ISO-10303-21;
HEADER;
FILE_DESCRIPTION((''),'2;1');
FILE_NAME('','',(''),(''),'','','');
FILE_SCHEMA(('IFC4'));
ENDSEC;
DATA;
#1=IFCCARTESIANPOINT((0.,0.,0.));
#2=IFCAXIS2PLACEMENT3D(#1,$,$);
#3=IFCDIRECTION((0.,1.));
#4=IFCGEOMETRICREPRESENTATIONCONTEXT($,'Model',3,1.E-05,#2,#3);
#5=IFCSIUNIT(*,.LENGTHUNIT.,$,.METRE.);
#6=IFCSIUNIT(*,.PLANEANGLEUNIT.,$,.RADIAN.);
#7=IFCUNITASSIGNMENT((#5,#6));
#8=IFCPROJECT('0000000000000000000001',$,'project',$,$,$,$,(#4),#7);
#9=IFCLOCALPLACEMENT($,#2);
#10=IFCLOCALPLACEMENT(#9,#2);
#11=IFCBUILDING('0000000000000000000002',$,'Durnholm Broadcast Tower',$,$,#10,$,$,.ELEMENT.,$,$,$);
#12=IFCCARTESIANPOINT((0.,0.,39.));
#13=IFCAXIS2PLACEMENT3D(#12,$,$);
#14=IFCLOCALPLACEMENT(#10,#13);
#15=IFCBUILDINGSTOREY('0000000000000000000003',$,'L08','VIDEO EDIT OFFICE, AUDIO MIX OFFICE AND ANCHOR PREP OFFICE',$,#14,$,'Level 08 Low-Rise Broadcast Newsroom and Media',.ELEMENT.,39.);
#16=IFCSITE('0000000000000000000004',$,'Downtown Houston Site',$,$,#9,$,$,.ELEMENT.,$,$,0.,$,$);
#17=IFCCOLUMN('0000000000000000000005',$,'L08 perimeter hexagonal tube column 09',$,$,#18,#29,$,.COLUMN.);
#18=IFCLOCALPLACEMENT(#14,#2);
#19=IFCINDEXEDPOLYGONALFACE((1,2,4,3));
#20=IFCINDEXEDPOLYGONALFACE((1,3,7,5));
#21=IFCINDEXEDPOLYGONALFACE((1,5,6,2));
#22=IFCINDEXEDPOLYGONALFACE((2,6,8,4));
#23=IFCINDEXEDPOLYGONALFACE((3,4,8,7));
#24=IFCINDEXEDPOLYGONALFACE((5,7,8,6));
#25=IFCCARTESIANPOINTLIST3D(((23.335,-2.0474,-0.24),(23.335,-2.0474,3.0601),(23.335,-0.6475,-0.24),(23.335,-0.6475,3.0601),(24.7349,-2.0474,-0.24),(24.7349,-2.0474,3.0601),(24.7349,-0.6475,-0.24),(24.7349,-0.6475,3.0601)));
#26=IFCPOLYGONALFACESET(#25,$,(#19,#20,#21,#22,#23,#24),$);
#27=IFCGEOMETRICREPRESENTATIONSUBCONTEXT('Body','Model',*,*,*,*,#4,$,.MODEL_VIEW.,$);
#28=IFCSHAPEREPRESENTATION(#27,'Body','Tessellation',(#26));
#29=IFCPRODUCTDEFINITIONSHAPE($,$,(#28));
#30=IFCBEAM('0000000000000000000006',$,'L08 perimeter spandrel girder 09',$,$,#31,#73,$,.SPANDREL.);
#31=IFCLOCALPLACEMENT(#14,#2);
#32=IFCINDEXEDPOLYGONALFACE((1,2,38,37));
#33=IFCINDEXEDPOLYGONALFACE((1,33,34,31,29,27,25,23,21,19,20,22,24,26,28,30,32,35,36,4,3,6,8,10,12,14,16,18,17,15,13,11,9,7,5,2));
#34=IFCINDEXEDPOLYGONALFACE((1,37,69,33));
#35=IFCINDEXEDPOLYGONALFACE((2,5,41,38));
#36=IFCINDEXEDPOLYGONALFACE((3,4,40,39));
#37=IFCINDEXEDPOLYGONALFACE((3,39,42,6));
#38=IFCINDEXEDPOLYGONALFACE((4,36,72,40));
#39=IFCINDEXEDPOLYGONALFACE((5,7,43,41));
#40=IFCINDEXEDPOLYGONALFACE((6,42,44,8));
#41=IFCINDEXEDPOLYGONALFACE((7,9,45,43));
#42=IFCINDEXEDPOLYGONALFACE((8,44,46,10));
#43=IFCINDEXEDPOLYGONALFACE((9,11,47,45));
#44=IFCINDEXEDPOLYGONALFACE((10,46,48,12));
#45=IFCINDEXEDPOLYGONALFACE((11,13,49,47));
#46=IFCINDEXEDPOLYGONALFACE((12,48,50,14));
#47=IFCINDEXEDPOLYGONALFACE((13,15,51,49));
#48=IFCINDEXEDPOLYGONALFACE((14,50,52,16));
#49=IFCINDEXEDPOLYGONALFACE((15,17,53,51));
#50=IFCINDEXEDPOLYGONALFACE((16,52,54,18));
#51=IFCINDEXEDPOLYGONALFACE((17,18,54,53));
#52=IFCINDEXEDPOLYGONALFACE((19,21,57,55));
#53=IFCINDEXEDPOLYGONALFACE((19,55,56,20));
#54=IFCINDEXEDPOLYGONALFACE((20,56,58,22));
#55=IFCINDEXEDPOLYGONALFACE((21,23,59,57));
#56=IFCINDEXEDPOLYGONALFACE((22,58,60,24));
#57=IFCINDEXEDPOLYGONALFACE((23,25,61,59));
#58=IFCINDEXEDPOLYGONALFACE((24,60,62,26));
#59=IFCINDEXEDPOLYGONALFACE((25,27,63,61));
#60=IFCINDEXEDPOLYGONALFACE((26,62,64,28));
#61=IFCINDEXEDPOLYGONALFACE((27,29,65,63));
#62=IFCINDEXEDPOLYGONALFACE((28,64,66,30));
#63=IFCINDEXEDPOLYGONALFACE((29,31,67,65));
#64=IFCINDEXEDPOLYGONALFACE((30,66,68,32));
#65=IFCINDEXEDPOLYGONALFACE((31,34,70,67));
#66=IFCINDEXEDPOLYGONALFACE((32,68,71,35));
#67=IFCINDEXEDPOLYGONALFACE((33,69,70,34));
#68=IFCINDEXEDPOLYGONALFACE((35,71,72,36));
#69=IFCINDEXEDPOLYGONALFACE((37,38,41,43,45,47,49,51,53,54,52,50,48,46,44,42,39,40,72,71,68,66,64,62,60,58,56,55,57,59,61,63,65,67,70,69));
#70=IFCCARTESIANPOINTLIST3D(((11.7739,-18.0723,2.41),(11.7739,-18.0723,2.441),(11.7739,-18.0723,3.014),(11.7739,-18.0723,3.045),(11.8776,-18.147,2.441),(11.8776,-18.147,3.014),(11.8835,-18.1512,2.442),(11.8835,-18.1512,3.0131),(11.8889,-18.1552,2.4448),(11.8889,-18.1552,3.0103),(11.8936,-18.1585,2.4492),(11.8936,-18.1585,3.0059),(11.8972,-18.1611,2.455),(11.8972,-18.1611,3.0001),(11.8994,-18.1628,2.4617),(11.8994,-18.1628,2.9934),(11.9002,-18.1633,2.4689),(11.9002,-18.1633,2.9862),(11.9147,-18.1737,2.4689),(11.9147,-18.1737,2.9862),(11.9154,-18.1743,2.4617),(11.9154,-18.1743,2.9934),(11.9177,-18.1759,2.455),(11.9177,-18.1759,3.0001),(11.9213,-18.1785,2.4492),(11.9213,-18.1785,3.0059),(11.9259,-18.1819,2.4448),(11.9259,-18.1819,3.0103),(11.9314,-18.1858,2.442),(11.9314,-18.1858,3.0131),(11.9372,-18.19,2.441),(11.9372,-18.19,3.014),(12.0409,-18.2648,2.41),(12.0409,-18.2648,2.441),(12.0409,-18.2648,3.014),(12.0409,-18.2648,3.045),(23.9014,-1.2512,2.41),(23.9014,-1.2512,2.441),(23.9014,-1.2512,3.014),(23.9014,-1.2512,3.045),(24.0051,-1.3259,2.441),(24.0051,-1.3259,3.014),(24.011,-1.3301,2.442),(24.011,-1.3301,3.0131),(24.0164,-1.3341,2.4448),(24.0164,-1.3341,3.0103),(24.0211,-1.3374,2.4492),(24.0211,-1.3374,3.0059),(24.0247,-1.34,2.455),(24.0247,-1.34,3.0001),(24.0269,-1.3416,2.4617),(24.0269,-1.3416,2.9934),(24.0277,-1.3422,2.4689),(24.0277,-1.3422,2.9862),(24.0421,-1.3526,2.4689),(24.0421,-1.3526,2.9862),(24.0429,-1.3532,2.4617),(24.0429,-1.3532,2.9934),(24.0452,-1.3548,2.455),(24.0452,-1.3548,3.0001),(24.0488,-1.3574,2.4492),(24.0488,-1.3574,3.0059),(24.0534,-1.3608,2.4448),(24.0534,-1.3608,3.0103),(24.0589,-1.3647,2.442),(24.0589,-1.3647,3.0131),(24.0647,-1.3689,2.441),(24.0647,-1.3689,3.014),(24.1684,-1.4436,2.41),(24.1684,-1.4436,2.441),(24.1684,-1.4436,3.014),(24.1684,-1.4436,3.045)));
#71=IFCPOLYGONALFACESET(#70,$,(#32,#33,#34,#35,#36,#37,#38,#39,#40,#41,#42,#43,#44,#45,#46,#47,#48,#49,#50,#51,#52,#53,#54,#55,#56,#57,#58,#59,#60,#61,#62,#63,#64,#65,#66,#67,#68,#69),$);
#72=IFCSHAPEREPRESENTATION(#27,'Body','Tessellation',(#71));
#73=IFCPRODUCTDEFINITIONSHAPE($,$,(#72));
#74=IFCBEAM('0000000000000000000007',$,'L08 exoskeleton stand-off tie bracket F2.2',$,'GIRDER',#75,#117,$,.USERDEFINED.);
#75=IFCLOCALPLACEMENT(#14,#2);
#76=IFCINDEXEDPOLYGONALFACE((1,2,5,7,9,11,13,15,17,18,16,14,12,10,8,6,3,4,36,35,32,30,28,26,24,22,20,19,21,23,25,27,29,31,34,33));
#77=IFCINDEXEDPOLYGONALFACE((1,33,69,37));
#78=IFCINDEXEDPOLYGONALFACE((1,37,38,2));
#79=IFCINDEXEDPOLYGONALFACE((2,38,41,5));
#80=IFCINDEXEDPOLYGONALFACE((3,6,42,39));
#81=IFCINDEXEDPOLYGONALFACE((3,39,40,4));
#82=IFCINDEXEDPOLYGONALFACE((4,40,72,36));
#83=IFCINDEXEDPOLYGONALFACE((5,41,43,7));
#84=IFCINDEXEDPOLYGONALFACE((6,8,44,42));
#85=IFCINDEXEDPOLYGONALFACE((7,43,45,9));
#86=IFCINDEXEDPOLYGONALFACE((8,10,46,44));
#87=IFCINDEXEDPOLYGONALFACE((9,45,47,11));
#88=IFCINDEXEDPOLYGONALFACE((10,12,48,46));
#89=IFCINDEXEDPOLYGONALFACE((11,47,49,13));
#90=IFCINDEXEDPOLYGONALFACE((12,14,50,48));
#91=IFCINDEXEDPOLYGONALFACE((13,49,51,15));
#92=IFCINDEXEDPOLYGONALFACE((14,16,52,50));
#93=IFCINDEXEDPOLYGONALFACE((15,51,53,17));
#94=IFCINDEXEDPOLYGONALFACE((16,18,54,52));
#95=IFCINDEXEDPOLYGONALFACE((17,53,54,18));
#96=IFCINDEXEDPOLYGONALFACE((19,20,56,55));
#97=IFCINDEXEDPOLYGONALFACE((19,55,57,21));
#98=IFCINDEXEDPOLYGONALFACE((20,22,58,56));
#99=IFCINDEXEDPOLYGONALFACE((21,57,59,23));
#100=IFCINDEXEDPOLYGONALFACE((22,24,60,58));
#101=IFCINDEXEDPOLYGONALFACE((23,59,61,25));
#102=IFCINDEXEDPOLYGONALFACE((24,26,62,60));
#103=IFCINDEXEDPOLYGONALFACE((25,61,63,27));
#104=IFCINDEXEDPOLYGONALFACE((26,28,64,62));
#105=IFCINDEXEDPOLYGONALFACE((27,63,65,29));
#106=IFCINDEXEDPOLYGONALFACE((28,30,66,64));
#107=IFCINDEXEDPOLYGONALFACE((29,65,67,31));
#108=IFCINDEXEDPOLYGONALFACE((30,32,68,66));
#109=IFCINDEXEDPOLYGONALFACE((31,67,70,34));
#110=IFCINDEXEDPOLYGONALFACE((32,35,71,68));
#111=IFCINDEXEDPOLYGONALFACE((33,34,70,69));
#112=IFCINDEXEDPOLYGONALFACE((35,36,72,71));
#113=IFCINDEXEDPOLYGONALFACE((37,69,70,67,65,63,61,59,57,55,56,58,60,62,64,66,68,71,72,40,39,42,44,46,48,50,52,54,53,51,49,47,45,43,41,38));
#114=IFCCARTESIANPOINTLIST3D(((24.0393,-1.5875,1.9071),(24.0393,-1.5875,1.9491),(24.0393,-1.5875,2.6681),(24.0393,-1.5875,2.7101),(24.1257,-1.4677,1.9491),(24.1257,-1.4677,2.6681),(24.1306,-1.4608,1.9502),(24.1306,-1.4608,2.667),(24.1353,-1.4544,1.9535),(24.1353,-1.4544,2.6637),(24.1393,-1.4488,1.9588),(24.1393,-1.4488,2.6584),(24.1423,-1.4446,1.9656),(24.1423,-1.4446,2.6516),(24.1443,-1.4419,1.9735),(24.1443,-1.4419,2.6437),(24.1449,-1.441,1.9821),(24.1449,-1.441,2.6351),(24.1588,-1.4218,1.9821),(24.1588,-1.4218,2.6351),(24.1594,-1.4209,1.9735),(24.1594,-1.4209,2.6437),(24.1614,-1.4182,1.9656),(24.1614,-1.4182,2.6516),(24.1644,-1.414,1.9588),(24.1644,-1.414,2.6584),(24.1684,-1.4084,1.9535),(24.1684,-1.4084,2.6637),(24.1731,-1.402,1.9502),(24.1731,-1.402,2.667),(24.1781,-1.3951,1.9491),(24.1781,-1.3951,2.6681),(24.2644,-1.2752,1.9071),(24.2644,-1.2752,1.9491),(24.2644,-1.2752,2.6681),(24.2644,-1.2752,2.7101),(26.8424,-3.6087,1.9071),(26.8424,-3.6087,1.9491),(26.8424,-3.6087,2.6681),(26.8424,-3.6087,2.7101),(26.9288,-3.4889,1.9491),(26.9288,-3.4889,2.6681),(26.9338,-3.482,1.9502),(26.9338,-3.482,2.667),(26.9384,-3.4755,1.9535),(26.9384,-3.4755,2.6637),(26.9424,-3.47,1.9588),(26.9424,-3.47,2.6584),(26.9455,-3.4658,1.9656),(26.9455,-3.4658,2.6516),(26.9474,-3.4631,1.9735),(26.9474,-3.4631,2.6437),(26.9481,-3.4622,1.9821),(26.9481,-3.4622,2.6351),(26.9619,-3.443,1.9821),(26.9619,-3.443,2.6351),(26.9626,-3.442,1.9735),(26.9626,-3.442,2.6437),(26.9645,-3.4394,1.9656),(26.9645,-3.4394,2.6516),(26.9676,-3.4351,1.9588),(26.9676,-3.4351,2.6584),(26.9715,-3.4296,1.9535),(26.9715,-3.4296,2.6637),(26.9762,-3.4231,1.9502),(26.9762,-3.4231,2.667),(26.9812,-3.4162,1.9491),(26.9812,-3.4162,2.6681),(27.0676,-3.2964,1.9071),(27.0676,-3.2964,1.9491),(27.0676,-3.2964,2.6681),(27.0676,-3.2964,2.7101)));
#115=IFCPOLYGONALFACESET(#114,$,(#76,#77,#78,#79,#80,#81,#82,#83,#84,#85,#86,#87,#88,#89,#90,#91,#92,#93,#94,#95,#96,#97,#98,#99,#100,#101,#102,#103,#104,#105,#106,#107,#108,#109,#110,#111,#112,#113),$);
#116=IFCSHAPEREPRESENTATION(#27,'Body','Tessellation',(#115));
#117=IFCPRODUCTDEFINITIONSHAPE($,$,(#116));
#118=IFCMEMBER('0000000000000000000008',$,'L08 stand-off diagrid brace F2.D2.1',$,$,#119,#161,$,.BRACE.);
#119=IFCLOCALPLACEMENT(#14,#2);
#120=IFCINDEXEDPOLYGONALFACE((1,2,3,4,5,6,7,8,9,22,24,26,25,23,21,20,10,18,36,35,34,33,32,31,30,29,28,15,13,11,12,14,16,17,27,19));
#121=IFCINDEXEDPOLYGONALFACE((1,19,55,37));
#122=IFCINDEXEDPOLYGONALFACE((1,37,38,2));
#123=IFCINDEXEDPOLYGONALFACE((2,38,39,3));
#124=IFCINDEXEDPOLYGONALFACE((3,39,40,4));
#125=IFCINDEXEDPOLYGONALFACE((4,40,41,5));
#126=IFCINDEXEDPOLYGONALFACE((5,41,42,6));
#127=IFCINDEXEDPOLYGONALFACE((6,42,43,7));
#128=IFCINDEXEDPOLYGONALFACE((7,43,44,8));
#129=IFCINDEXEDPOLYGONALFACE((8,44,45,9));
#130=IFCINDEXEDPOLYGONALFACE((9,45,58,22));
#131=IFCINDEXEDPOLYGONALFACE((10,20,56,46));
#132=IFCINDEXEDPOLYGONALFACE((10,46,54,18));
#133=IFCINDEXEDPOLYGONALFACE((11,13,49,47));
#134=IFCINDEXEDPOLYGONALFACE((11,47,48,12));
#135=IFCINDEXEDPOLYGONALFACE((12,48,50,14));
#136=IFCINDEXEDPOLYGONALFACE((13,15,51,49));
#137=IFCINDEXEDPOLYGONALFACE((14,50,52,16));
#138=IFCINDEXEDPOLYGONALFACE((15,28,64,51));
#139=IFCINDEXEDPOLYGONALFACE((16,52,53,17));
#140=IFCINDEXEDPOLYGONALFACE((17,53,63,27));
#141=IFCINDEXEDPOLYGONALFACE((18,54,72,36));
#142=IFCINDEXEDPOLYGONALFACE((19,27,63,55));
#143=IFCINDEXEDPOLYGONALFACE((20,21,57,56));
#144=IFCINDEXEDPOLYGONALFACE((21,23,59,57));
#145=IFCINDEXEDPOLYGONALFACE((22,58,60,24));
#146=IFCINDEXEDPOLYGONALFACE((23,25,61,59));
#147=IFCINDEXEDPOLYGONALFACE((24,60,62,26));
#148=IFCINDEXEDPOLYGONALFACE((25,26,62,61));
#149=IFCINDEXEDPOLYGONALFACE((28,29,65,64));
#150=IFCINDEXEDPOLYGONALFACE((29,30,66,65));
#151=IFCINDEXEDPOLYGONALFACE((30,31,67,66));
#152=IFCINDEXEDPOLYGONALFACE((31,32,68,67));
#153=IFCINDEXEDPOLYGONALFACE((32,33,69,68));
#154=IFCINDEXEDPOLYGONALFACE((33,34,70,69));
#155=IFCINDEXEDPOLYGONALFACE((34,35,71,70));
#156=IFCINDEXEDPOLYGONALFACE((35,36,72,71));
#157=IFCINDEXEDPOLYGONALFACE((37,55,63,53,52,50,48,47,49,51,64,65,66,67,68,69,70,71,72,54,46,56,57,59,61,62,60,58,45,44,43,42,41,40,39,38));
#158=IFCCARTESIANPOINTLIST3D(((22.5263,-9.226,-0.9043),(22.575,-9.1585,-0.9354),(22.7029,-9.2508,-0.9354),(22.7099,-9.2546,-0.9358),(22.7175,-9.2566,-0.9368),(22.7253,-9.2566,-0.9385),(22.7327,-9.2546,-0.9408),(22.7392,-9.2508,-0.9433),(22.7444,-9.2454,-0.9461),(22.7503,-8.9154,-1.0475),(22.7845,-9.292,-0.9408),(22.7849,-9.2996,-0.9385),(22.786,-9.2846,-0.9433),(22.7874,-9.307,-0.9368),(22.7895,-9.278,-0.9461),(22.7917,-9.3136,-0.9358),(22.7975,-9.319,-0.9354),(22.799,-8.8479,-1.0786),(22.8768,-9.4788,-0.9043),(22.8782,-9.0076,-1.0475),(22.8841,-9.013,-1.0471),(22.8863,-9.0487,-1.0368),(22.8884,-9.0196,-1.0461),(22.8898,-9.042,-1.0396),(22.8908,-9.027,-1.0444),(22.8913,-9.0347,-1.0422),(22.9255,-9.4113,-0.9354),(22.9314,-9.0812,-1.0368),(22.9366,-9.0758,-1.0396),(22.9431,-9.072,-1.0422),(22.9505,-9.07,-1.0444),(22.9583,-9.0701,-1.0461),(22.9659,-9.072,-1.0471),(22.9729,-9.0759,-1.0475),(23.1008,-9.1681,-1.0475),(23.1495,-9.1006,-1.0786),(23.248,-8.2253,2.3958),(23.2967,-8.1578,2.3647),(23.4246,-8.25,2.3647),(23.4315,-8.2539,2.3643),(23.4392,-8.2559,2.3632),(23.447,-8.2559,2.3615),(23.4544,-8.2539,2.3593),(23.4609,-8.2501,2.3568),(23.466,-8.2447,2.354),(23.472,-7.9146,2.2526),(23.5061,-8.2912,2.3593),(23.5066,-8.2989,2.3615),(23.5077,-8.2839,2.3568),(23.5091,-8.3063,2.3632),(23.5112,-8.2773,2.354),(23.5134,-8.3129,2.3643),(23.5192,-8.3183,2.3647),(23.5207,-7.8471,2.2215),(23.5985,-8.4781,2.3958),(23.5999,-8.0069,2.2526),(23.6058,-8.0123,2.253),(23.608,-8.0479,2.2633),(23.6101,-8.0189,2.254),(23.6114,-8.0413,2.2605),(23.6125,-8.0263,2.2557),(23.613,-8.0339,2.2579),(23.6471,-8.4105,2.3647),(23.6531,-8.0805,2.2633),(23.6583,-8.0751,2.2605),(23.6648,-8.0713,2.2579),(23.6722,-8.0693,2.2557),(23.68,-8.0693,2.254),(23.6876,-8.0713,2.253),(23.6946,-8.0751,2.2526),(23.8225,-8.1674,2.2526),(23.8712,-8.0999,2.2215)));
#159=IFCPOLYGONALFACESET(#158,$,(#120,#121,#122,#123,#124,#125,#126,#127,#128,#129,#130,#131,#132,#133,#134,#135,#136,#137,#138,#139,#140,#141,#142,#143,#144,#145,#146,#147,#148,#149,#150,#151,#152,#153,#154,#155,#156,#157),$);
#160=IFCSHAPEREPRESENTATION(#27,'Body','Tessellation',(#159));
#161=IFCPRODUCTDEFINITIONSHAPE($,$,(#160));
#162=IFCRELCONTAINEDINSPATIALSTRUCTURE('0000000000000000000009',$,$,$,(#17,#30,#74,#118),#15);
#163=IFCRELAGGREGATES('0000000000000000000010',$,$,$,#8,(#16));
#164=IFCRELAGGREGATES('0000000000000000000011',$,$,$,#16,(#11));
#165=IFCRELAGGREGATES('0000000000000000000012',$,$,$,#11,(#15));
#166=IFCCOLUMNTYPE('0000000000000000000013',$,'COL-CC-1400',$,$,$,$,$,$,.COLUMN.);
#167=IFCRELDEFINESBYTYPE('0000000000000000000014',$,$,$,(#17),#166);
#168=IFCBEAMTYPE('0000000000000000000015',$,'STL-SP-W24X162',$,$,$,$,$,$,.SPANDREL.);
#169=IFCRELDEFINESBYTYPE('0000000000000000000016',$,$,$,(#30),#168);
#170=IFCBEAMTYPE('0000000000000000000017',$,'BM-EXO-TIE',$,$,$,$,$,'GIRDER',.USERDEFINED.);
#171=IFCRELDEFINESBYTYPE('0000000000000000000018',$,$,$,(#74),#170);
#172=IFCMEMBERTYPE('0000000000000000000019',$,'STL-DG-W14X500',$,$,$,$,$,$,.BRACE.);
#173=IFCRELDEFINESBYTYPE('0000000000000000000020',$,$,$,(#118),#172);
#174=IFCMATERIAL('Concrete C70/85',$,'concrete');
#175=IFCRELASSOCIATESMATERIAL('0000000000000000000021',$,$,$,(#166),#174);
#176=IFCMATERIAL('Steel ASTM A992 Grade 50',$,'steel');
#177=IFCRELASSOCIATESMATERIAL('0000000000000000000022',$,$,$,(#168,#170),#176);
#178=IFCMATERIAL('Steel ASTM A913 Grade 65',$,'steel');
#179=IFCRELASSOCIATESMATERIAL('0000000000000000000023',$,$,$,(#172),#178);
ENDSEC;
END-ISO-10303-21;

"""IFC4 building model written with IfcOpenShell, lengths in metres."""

from ifc_helpers import new_model, si_unit, direction, frame, origin, origin_2d, place, context, subcontext, project, spatial, rectangle, i_section, extrude, source, transform, mapped, material, material_profile, profile_set, type_object, type_shapes, element, save


model = new_model("IFC4")

# Units and contexts
model_context = context("Model", 3, precision=1e-05, world=origin(), true_north=direction((0.0, 1.0)))
body_context = subcontext(model_context, "Body", "Model", "MODEL_VIEW")
ifc_project = project(units=[si_unit("LENGTHUNIT", "METRE"), si_unit("PLANEANGLEUNIT", "RADIAN")], contexts=[model_context])

# Site, building, storey
site_placement = place(None, origin())
site = spatial("IfcSite", under=ifc_project, at=site_placement, Name="Downtown Houston Site", CompositionType="ELEMENT", RefElevation=0.0)
building_placement = place(site_placement, origin())
building = spatial("IfcBuilding", under=site, at=building_placement, Name="Durnholm Broadcast Tower", CompositionType="ELEMENT")
storey_placement = place(building_placement, frame((0.0, 0.0, 39.0)))
storey = spatial("IfcBuildingStorey", under=building, at=storey_placement, Name="L08", Description="VIDEO EDIT OFFICE, AUDIO MIX OFFICE AND ANCHOR PREP OFFICE", LongName="Level 08 Low-Rise Broadcast Newsroom and Media", CompositionType="ELEMENT", Elevation=39.0)

# Column
ifc_material_1 = material(Name="Concrete C70/85", Category="concrete")
ifc_material_profile_1 = material_profile(ifc_material_1, rectangle(XDim=1.3999, YDim=1.3999, at=origin_2d()), Name="RC1400X1400")
ifc_profile_set_1 = profile_set([ifc_material_profile_1], Name="Concrete C70/85")
column_type = type_object("IfcColumnType", Name="COL-CC-1400", PredefinedType="COLUMN", material=ifc_profile_set_1)
shared_shape_1 = source(origin(), body_context, "Body", "SweptSolid", [
    extrude(rectangle(XDim=1.3999, YDim=1.3999, at=origin_2d()), origin(), (0.0, 0.0, 1.0), 3.3),
])
type_shapes(column_type, [shared_shape_1])
column_placement = place(storey_placement, frame((24.0349, -1.3474, -0.24), z_axis=(0.0, 0.0, 1.0), x_axis=(1.0, 0.0, 0.0)))
element("IfcColumn", 1, at=column_placement, inside=storey, type_object=column_type, Name="L08 perimeter hexagonal tube column 09", PredefinedType="COLUMN", context=body_context, shape_type="MappedRepresentation", body=[
    mapped(shared_shape_1, transform((0.0, 0.0, 0.0), x_axis=(1.0, 0.0, 0.0), y_axis=(0.0, 1.0, 0.0), z_axis=(0.0, 0.0, 1.0), scale=1.0)),
])

# Beams
ifc_material_2 = material(Name="Steel ASTM A992 Grade 50", Category="steel")
ifc_material_profile_2 = material_profile(ifc_material_2, i_section(OverallWidth=0.3291, OverallDepth=0.635, WebThickness=0.0178, FlangeThickness=0.031, FilletRadius=0.0278, at=origin_2d()), Name="W24X162")
ifc_profile_set_2 = profile_set([ifc_material_profile_2], Name="Steel ASTM A992 Grade 50")
beam_type_1 = type_object("IfcBeamType", Name="STL-SP-W24X162", PredefinedType="SPANDREL", material=ifc_profile_set_2)
shared_shape_2 = source(origin(), body_context, "Body", "SweptSolid", [
    extrude(i_section(OverallWidth=0.3291, OverallDepth=0.635, WebThickness=0.0178, FlangeThickness=0.031, FilletRadius=0.0278, at=origin_2d()), origin(), (0.0, 0.0, 1.0), 20.7371),
])
type_shapes(beam_type_1, [shared_shape_2])
beam_1_placement = place(storey_placement, frame((24.0349, -1.3474, 2.7275), z_axis=(-0.584822, -0.811162, 0.0), x_axis=(0.811162, -0.584822, 0.0)))
element("IfcBeam", 2, at=beam_1_placement, inside=storey, type_object=beam_type_1, Name="L08 perimeter spandrel girder 09", PredefinedType="SPANDREL", context=body_context, shape_type="MappedRepresentation", body=[
    mapped(shared_shape_2, transform((0.0, 0.0, 0.0), x_axis=(1.0, 0.0, 0.0), y_axis=(0.0, 1.0, 0.0), z_axis=(0.0, 0.0, 1.0), scale=1.0)),
])
ifc_material_profile_3 = material_profile(ifc_material_2, i_section(OverallWidth=0.385, OverallDepth=0.803, WebThickness=0.0237, FlangeThickness=0.042, FilletRadius=0.033, at=origin_2d()), Name="W30X261")
ifc_profile_set_3 = profile_set([ifc_material_profile_3], Name="Steel ASTM A992 Grade 50")
beam_type_2 = type_object("IfcBeamType", Name="BM-EXO-TIE", ElementType="GIRDER", PredefinedType="USERDEFINED", material=ifc_profile_set_3)
shared_shape_3 = source(origin(), body_context, "Body", "SweptSolid", [
    extrude(i_section(OverallWidth=0.385, OverallDepth=0.803, WebThickness=0.0237, FlangeThickness=0.042, FilletRadius=0.033, at=origin_2d()), origin(), (0.0, 0.0, 1.0), 3.4558),
])
type_shapes(beam_type_2, [shared_shape_3])
beam_2_placement = place(storey_placement, frame((24.1519, -1.4314, 2.3086), z_axis=(0.811134, -0.584861, 0.0), x_axis=(0.584861, 0.811134, 0.0)))
element("IfcBeam", 3, at=beam_2_placement, inside=storey, type_object=beam_type_2, Name="L08 exoskeleton stand-off tie bracket F2.2", ObjectType="GIRDER", PredefinedType="USERDEFINED", context=body_context, shape_type="MappedRepresentation", body=[
    mapped(shared_shape_3, transform((0.0, 0.0, 0.0), x_axis=(1.0, 0.0, 0.0), y_axis=(0.0, 1.0, 0.0), z_axis=(0.0, 0.0, 1.0), scale=1.0)),
])

# Member
ifc_material_3 = material(Name="Steel ASTM A913 Grade 65", Category="steel")
ifc_material_profile_4 = material_profile(ifc_material_3, i_section(OverallWidth=0.4321, OverallDepth=0.4978, WebThickness=0.0557, FlangeThickness=0.0889, FilletRadius=0.0305, at=origin_2d()), Name="W14X500")
ifc_profile_set_4 = profile_set([ifc_material_profile_4], Name="Steel ASTM A913 Grade 65")
member_type_1 = type_object("IfcMemberType", Name="STL-DG-W14X500", PredefinedType="BRACE", material=ifc_profile_set_4)
shared_shape_4 = source(origin(), body_context, "Body", "SweptSolid", [
    extrude(i_section(OverallWidth=0.4321, OverallDepth=0.4978, WebThickness=0.0557, FlangeThickness=0.0889, FilletRadius=0.0305, at=origin_2d()), origin(), (0.0, 0.0, 1.0), 3.5232),
])
type_shapes(member_type_1, [shared_shape_4])
for number, where, z_axis, x_axis, name in (
    (4, (22.8379, -9.1633, -0.9915), (0.204839, 0.284045, 0.936675), (-0.811091, 0.58492, 0.0), "L08 stand-off diagrid brace F2.D2.1"),
):
    element("IfcMember", number, at=place(storey_placement, frame(where, z_axis=z_axis, x_axis=x_axis)), inside=storey, type_object=member_type_1, Name=name, PredefinedType="BRACE", context=body_context, shape_type="MappedRepresentation", body=[
        mapped(shared_shape_4, transform((0.0, 0.0, 0.0), x_axis=(1.0, 0.0, 0.0), y_axis=(0.0, 1.0, 0.0), z_axis=(0.0, 0.0, 1.0), scale=1.0)),
    ])

save(model, "model.ifc")
